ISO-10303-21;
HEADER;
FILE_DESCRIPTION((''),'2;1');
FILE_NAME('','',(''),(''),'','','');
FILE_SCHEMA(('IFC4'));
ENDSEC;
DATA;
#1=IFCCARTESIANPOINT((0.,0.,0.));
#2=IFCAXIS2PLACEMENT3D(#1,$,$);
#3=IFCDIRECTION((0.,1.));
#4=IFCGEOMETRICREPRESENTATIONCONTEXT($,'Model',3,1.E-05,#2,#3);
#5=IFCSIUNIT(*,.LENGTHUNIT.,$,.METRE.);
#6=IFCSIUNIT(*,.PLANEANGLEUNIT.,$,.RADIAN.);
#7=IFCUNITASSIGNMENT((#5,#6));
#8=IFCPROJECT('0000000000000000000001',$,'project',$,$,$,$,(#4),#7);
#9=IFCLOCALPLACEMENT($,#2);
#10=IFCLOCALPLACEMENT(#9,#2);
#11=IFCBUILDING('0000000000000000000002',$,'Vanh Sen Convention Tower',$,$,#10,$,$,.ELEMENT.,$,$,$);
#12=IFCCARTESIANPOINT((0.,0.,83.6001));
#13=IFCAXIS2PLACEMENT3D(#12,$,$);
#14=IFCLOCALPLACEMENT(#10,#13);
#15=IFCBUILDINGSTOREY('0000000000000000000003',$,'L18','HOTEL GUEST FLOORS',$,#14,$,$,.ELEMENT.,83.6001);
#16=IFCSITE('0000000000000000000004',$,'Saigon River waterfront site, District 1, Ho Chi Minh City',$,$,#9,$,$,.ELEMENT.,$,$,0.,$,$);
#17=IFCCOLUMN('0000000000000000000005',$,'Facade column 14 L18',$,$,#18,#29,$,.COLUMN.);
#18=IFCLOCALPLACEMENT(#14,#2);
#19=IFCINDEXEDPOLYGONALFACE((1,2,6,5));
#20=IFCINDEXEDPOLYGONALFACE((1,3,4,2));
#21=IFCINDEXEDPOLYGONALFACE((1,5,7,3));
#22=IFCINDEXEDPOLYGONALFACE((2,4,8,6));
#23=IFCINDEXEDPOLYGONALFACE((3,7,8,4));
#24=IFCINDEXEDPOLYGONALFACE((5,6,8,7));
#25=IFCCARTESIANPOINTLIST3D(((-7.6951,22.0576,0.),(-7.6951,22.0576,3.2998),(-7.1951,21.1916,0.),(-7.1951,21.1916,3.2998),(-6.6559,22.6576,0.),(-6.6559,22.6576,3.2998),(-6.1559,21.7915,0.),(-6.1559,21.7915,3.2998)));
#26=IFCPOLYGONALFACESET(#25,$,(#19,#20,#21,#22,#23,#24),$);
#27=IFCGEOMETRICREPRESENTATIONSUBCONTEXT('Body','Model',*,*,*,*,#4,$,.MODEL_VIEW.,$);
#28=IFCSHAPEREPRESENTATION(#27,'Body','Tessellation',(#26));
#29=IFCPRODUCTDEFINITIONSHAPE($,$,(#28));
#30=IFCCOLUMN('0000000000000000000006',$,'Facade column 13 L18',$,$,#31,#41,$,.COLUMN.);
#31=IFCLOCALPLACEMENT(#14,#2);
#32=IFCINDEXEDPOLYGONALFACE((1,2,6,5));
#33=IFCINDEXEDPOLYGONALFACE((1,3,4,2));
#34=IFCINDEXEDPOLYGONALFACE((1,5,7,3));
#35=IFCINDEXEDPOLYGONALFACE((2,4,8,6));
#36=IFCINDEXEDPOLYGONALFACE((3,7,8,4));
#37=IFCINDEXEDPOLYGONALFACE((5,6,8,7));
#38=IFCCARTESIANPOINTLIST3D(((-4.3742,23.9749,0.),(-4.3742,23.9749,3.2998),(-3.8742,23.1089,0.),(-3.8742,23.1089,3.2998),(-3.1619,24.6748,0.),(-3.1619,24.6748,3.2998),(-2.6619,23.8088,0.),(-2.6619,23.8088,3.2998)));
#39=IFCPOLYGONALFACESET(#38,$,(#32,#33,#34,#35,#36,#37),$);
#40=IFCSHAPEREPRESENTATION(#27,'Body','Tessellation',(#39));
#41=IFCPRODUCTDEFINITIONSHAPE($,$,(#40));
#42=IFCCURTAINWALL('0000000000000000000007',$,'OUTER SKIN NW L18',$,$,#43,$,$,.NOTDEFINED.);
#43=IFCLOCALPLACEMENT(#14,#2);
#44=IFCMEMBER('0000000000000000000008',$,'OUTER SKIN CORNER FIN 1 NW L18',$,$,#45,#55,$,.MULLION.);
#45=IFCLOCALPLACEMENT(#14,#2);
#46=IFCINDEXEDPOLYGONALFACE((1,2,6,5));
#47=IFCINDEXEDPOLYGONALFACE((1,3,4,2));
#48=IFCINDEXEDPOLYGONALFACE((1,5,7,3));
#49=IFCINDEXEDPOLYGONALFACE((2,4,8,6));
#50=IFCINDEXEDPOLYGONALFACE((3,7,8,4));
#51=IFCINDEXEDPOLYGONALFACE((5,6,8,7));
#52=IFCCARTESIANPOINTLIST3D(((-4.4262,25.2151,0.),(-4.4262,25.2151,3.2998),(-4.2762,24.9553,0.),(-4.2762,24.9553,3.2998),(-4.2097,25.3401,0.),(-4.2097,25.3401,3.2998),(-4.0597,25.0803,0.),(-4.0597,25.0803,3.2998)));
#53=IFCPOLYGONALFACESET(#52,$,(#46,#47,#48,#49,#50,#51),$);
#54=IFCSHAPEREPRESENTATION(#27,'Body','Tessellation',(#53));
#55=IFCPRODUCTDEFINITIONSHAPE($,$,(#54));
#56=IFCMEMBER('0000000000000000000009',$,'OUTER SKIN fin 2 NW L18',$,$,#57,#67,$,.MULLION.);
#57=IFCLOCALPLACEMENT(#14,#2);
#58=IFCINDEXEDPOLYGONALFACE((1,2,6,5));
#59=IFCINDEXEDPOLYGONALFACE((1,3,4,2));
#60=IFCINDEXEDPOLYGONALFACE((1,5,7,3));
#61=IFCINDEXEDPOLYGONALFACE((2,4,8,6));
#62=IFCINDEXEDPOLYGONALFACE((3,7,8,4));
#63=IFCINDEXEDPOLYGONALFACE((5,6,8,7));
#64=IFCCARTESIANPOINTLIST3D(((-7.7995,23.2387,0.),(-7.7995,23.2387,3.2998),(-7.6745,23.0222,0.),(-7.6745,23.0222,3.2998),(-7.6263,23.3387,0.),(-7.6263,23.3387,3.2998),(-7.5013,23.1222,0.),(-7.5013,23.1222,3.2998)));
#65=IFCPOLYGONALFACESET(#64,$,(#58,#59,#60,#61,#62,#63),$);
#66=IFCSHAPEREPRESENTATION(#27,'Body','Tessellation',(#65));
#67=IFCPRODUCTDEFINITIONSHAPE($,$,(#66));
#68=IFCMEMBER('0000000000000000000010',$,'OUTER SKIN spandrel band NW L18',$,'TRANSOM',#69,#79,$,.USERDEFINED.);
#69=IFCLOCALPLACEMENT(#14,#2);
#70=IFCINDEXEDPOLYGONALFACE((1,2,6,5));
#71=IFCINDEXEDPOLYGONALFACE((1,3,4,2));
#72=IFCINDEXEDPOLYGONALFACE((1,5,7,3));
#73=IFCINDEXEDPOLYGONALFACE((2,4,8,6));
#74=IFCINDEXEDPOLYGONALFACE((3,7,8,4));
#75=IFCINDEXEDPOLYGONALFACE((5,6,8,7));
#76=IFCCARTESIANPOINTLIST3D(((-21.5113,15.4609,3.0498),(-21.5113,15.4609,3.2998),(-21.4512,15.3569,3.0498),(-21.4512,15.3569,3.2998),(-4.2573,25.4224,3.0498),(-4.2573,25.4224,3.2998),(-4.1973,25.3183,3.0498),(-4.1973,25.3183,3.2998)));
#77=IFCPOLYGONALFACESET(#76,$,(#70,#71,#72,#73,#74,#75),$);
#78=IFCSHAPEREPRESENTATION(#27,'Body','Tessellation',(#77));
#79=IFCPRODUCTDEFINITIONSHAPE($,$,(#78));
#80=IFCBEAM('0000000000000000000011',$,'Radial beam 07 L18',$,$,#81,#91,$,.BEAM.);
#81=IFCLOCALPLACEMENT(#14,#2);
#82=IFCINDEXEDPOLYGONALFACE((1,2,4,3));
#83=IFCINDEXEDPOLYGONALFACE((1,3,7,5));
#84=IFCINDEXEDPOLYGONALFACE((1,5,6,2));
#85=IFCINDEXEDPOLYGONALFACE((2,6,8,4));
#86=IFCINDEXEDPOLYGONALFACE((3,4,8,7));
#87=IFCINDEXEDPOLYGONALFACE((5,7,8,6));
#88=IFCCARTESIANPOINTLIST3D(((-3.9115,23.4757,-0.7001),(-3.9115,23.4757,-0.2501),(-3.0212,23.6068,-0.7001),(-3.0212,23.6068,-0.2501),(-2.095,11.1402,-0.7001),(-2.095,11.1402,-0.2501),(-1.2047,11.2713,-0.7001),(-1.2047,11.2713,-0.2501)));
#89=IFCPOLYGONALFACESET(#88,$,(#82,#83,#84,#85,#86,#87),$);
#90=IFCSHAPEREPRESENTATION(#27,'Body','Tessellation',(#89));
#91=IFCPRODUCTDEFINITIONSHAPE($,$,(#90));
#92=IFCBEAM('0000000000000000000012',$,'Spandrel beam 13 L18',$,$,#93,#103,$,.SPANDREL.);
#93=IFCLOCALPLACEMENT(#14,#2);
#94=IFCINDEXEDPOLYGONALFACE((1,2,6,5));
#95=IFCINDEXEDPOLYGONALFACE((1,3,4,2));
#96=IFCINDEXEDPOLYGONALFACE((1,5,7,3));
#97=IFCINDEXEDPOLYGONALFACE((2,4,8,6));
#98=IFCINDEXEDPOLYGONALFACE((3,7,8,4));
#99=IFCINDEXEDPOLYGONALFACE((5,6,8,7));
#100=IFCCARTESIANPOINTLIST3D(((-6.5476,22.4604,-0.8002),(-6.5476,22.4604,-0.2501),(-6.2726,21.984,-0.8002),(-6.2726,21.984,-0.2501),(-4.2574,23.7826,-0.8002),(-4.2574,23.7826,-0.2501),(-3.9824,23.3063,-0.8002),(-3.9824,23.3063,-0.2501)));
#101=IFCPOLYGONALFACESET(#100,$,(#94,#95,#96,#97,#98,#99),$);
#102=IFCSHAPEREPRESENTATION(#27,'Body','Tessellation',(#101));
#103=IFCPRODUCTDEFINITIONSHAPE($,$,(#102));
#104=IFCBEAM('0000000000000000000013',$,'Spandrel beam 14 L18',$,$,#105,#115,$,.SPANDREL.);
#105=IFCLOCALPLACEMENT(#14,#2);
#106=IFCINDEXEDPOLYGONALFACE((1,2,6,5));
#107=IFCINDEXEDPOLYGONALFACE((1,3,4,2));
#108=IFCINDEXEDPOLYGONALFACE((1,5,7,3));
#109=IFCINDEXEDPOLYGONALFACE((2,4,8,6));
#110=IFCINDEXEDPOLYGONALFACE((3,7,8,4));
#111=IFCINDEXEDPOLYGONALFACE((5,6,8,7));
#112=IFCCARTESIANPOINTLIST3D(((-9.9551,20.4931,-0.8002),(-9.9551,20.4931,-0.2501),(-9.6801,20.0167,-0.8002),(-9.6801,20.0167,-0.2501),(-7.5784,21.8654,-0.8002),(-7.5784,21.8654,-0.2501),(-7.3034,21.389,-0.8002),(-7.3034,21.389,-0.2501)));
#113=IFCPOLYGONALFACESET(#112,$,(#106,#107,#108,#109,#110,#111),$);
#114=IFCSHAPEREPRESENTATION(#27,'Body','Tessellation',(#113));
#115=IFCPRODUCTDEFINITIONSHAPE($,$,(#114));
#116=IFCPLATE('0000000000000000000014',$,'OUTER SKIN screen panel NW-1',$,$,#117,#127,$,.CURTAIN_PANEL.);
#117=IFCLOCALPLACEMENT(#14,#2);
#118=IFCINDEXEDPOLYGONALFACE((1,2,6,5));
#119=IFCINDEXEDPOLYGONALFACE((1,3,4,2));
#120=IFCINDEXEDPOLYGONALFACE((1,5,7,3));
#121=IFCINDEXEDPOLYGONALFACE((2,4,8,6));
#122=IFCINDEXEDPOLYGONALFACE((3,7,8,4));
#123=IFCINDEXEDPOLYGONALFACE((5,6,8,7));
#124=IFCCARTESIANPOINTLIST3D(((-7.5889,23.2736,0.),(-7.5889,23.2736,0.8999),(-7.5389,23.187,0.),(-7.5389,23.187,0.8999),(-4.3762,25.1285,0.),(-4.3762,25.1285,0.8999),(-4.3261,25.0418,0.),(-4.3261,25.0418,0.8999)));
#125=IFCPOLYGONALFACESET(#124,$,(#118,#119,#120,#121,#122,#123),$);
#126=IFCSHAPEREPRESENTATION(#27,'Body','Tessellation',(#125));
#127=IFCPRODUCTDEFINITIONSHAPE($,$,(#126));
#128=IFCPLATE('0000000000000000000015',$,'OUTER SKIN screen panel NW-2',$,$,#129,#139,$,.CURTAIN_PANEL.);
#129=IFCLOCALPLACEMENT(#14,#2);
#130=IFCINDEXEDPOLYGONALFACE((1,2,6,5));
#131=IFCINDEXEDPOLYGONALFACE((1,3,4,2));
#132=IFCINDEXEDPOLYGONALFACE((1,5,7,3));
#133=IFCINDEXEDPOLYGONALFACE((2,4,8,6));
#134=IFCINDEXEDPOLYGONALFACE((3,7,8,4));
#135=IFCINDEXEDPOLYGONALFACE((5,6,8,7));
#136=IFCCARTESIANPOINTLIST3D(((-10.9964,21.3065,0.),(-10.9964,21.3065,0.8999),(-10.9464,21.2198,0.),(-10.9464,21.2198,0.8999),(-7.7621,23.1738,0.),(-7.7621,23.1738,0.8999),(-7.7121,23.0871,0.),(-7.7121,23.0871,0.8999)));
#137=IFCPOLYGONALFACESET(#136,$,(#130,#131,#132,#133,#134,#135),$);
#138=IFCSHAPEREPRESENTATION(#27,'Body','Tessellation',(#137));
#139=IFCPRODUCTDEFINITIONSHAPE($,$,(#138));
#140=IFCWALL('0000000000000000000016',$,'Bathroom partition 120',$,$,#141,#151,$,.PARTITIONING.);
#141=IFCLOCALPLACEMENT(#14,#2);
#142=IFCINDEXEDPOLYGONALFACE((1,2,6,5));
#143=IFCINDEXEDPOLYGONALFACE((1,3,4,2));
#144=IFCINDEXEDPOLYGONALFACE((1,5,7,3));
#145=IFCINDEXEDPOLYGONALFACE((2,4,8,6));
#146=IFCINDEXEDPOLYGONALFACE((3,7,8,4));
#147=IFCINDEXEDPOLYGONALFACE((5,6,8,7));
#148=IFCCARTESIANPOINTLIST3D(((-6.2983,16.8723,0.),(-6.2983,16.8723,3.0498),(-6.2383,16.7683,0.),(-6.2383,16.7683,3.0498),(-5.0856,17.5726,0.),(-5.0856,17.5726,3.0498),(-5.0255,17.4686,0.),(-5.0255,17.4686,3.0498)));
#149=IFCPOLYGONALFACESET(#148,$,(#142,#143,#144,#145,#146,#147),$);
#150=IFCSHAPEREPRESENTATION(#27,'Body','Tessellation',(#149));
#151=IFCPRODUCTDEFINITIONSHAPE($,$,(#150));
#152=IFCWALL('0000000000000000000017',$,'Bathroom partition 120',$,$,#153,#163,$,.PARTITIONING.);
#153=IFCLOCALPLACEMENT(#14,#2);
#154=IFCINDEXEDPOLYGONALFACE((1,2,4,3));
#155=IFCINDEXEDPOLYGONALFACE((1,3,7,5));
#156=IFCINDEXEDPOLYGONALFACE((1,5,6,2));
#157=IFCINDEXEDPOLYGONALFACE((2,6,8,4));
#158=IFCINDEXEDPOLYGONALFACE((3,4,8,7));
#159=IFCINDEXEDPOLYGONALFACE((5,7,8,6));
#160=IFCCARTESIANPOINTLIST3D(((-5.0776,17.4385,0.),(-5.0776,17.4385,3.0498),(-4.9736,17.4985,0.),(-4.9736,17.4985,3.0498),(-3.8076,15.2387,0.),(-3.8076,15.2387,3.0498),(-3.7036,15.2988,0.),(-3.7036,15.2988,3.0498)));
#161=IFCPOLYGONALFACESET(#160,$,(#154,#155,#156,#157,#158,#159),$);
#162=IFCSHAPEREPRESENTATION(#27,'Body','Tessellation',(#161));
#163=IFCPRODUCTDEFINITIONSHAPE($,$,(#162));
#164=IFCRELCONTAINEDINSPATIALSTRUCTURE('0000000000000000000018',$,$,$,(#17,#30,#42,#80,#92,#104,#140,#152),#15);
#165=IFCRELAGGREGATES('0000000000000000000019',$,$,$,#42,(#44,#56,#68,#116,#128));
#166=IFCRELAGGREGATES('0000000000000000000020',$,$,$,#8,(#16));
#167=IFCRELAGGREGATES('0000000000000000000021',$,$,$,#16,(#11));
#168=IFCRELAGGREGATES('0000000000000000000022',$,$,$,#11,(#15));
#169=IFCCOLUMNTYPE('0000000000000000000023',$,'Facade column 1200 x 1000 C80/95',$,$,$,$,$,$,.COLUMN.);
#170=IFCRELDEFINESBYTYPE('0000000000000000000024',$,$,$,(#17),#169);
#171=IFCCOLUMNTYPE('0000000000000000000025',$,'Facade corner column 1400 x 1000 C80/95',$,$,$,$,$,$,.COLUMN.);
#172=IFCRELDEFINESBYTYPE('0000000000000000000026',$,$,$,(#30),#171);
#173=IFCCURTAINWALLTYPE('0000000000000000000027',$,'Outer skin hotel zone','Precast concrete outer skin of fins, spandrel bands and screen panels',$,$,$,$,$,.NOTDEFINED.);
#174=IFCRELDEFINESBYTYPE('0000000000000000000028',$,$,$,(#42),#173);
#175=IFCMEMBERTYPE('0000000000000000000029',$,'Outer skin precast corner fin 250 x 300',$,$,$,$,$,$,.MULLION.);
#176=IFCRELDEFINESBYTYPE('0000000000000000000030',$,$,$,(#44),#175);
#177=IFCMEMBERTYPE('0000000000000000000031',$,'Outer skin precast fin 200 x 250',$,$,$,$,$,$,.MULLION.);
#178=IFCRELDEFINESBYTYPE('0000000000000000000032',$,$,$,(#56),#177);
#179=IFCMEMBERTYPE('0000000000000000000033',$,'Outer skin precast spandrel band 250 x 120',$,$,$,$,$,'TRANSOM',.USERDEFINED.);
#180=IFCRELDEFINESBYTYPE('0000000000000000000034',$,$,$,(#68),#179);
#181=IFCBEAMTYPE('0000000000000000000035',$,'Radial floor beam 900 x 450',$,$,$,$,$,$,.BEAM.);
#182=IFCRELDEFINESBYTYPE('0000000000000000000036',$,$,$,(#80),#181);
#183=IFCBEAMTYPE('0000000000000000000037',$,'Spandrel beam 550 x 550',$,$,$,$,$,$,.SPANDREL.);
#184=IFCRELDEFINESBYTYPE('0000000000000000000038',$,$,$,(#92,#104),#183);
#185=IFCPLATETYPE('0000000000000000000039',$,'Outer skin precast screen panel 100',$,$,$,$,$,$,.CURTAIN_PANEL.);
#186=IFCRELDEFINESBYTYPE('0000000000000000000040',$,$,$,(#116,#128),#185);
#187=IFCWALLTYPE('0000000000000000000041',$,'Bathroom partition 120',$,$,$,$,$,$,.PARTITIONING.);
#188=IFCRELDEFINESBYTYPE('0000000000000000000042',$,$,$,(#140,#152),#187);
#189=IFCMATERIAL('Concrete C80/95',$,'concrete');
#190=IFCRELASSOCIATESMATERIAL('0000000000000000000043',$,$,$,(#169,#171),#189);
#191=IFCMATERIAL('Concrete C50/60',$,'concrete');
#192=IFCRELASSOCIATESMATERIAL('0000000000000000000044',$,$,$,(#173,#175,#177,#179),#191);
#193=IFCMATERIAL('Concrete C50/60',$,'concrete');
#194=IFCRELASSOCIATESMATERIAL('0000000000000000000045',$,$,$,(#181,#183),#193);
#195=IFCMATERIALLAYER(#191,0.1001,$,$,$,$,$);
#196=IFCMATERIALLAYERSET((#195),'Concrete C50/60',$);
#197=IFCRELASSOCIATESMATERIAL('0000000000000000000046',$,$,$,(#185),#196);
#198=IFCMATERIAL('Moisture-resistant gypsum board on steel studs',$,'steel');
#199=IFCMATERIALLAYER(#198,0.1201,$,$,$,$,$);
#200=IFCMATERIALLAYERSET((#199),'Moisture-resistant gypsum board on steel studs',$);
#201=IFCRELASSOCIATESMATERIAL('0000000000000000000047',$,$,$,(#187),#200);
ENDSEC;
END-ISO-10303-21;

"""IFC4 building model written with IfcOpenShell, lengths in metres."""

from ifc_helpers import new_model, si_unit, direction, frame, frame_2d, origin, origin_2d, place, context, subcontext, project, spatial, rectangle, extrude, material, layer, layer_set, material_profile, profile_set, type_object, element, aggregate, save


model = new_model("IFC4")

# Units and contexts
model_context = context("Model", 3, precision=1e-05, world=origin(), true_north=direction((0.0, 1.0)))
body_context = subcontext(model_context, "Body", "Model", "MODEL_VIEW")
ifc_project = project(units=[si_unit("LENGTHUNIT", "METRE"), si_unit("PLANEANGLEUNIT", "RADIAN")], contexts=[model_context])

# Site, building, storey
site_placement = place(None, origin())
site = spatial("IfcSite", under=ifc_project, at=site_placement, Name="Saigon River waterfront site, District 1, Ho Chi Minh City", CompositionType="ELEMENT", RefElevation=0.0)
building_placement = place(site_placement, origin())
building = spatial("IfcBuilding", under=site, at=building_placement, Name="Vanh Sen Convention Tower", CompositionType="ELEMENT")
storey_placement = place(building_placement, frame((0.0, 0.0, 83.6001)))
storey = spatial("IfcBuildingStorey", under=building, at=storey_placement, Name="L18", Description="HOTEL GUEST FLOORS", CompositionType="ELEMENT", Elevation=83.6001)

# Columns
ifc_material_1 = material(Name="Concrete C80/95", Category="concrete")
ifc_material_profile_1 = material_profile(ifc_material_1, rectangle(XDim=1.2, YDim=1.0, at=origin_2d()), Name="RC 1200X1000")
ifc_profile_set_1 = profile_set([ifc_material_profile_1], Name="Concrete C80/95")
column_type_1 = type_object("IfcColumnType", Name="Facade column 1200 x 1000 C80/95", PredefinedType="COLUMN", material=ifc_profile_set_1)
column_1_placement = place(storey_placement, frame((-6.9255, 21.9246, 0.0), z_axis=(0.0, 0.0, 1.0), x_axis=(-0.866025, -0.5, 0.0)))
element("IfcColumn", 1, at=column_1_placement, inside=storey, type_object=column_type_1, Name="Facade column 14 L18", PredefinedType="COLUMN", context=body_context, shape_type="SweptSolid", body=[
    extrude(rectangle(XDim=1.2, YDim=1.0, at=origin_2d()), origin(), (0.0, 0.0, 1.0), 3.2998),
])
ifc_material_profile_2 = material_profile(ifc_material_1, rectangle(XDim=1.3999, YDim=1.0, at=origin_2d()), Name="RC 1400X1000")
ifc_profile_set_2 = profile_set([ifc_material_profile_2], Name="Concrete C80/95")
column_type_2 = type_object("IfcColumnType", Name="Facade corner column 1400 x 1000 C80/95", PredefinedType="COLUMN", material=ifc_profile_set_2)
column_2_placement = place(storey_placement, frame((-3.5181, 23.8918, 0.0), z_axis=(0.0, 0.0, 1.0), x_axis=(-0.866025, -0.5, 0.0)))
element("IfcColumn", 2, at=column_2_placement, inside=storey, type_object=column_type_2, Name="Facade column 13 L18", PredefinedType="COLUMN", context=body_context, shape_type="SweptSolid", body=[
    extrude(rectangle(XDim=1.3999, YDim=1.0, at=origin_2d()), origin(), (0.0, 0.0, 1.0), 3.2998),
])

# Curtain wall, members
ifc_material_2 = material(Name="Concrete C50/60", Category="concrete")
curtain_wall_type = type_object("IfcCurtainWallType", Name="Outer skin hotel zone", Description="Precast concrete outer skin of fins, spandrel bands and screen panels", PredefinedType="NOTDEFINED", material=ifc_material_2)
curtain_wall_placement = place(storey_placement, origin())
curtain_wall = element("IfcCurtainWall", 3, at=curtain_wall_placement, inside=storey, type_object=curtain_wall_type, Name="OUTER SKIN NW L18", PredefinedType="NOTDEFINED")
ifc_material_profile_3 = material_profile(ifc_material_2, rectangle(XDim=0.25, YDim=0.3, at=origin_2d()), Name="Outer skin precast corner fin 250 x 300")
ifc_profile_set_3 = profile_set([ifc_material_profile_3], Name="Concrete C50/60")
member_type_1 = type_object("IfcMemberType", Name="Outer skin precast corner fin 250 x 300", PredefinedType="MULLION", material=ifc_profile_set_3)
member_1_placement = place(storey_placement, frame((-4.2429, 25.1477, 0.0), z_axis=(0.0, 0.0, 1.0), x_axis=(-0.866025, -0.5, 0.0)))
member_1 = element("IfcMember", 4, at=member_1_placement, type_object=member_type_1, Name="OUTER SKIN CORNER FIN 1 NW L18", PredefinedType="MULLION", context=body_context, shape_type="SweptSolid", body=[
    extrude(rectangle(XDim=0.25, YDim=0.3, at=origin_2d()), origin(), (0.0, 0.0, 1.0), 3.2998),
])
ifc_material_profile_4 = material_profile(ifc_material_2, rectangle(XDim=0.2, YDim=0.25, at=origin_2d()), Name="Outer skin precast fin 200 x 250")
ifc_profile_set_4 = profile_set([ifc_material_profile_4], Name="Concrete C50/60")
member_type_2 = type_object("IfcMemberType", Name="Outer skin precast fin 200 x 250", PredefinedType="MULLION", material=ifc_profile_set_4)
member_2_placement = place(storey_placement, frame((-7.6504, 23.1804, 0.0), z_axis=(0.0, 0.0, 1.0), x_axis=(-0.866025, -0.5, 0.0)))
member_2 = element("IfcMember", 5, at=member_2_placement, type_object=member_type_2, Name="OUTER SKIN fin 2 NW L18", PredefinedType="MULLION", context=body_context, shape_type="SweptSolid", body=[
    extrude(rectangle(XDim=0.2, YDim=0.25, at=origin_2d()), origin(), (0.0, 0.0, 1.0), 3.2998),
])
ifc_material_profile_5 = material_profile(ifc_material_2, rectangle(XDim=0.1201, YDim=0.25, at=origin_2d()), Name="Outer skin precast spandrel band 250 x 120")
ifc_profile_set_5 = profile_set([ifc_material_profile_5], Name="Concrete C50/60")
member_type_3 = type_object("IfcMemberType", Name="Outer skin precast spandrel band 250 x 120", ElementType="TRANSOM", PredefinedType="USERDEFINED", material=ifc_profile_set_5)
member_3_placement = place(storey_placement, frame((-4.2273, 25.3704, 3.1748), z_axis=(-0.866028, -0.499995, 0.0), x_axis=(0.499995, -0.866028, 0.0)))
member_3 = element("IfcMember", 6, at=member_3_placement, type_object=member_type_3, Name="OUTER SKIN spandrel band NW L18", ObjectType="TRANSOM", PredefinedType="USERDEFINED", context=body_context, shape_type="SweptSolid", body=[
    extrude(rectangle(XDim=0.1201, YDim=0.25, at=origin_2d()), origin(), (0.0, 0.0, 1.0), 19.9231),
])

# Beams
ifc_material_3 = material(Name="Concrete C50/60", Category="concrete")
ifc_material_profile_6 = material_profile(ifc_material_3, rectangle(XDim=0.8999, YDim=0.45, at=origin_2d()), Name="RC 900X450")
ifc_profile_set_6 = profile_set([ifc_material_profile_6], Name="Concrete C50/60")
beam_type_1 = type_object("IfcBeamType", Name="Radial floor beam 900 x 450", PredefinedType="BEAM", material=ifc_profile_set_6)
beam_1_placement = place(storey_placement, frame((-3.4663, 23.5413, -0.4751), z_axis=(0.14568, -0.989332, 0.0), x_axis=(0.989332, 0.14568, 0.0)))
element("IfcBeam", 7, at=beam_1_placement, inside=storey, type_object=beam_type_1, Name="Radial beam 07 L18", PredefinedType="BEAM", context=body_context, shape_type="SweptSolid", body=[
    extrude(rectangle(XDim=0.8999, YDim=0.45, at=origin_2d()), origin(), (0.0, 0.0, 1.0), 12.4685),
])
ifc_material_profile_7 = material_profile(ifc_material_3, rectangle(XDim=0.55, YDim=0.55, at=origin_2d()), Name="RC 550X550")
ifc_profile_set_7 = profile_set([ifc_material_profile_7], Name="Concrete C50/60")
beam_type_2 = type_object("IfcBeamType", Name="Spandrel beam 550 x 550", PredefinedType="SPANDREL", material=ifc_profile_set_7)
beam_2_placement = place(storey_placement, frame((-4.1199, 23.5444, -0.5251), z_axis=(-0.86603, -0.499991, 0.0), x_axis=(0.499991, -0.86603, 0.0)))
element("IfcBeam", 8, at=beam_2_placement, inside=storey, type_object=beam_type_2, Name="Spandrel beam 13 L18", PredefinedType="SPANDREL", context=body_context, shape_type="SweptSolid", body=[
    extrude(rectangle(XDim=0.55, YDim=0.55, at=origin_2d()), origin(), (0.0, 0.0, 1.0), 2.6445),
])
beam_3_placement = place(storey_placement, frame((-7.4409, 21.6272, -0.5251), z_axis=(-0.866006, -0.500033, 0.0), x_axis=(0.500033, -0.866006, 0.0)))
element("IfcBeam", 9, at=beam_3_placement, inside=storey, type_object=beam_type_2, Name="Spandrel beam 14 L18", PredefinedType="SPANDREL", context=body_context, shape_type="SweptSolid", body=[
    extrude(rectangle(XDim=0.55, YDim=0.55, at=origin_2d()), origin(), (0.0, 0.0, 1.0), 2.7444),
])

# Plates
ifc_layer_1 = layer(ifc_material_2, 0.1001)
ifc_layer_set_1 = layer_set([ifc_layer_1], Name="Concrete C50/60")
plate_type = type_object("IfcPlateType", Name="Outer skin precast screen panel 100", PredefinedType="CURTAIN_PANEL", material=ifc_layer_set_1)
plate_1_placement = place(storey_placement, frame((-5.9575, 24.1577, 0.0), z_axis=(0.0, 0.0, 1.0), x_axis=(-0.866028, -0.499995, 0.0)))
plate_1 = element("IfcPlate", 10, at=plate_1_placement, type_object=plate_type, Name="OUTER SKIN screen panel NW-1", PredefinedType="CURTAIN_PANEL", context=body_context, shape_type="SweptSolid", body=[
    extrude(rectangle(XDim=3.7097, YDim=0.1001, at=origin_2d()), origin(), (0.0, 0.0, 1.0), 0.8999),
])
plate_2_placement = place(storey_placement, frame((-9.3542, 22.1968, 0.0), z_axis=(0.0, 0.0, 1.0), x_axis=(-0.866021, -0.500008, 0.0)))
plate_2 = element("IfcPlate", 11, at=plate_2_placement, type_object=plate_type, Name="OUTER SKIN screen panel NW-2", PredefinedType="CURTAIN_PANEL", context=body_context, shape_type="SweptSolid", body=[
    extrude(rectangle(XDim=3.7346, YDim=0.1001, at=origin_2d()), origin(), (0.0, 0.0, 1.0), 0.8999),
])
aggregate(curtain_wall, [member_1, member_2, member_3, plate_1, plate_2])

# Walls
ifc_material_4 = material(Name="Moisture-resistant gypsum board on steel studs", Category="steel")
ifc_layer_2 = layer(ifc_material_4, 0.1201)
ifc_layer_set_2 = layer_set([ifc_layer_2], Name="Moisture-resistant gypsum board on steel studs")
wall_type_1 = type_object("IfcWallType", Name="Bathroom partition 120", PredefinedType="PARTITIONING", material=ifc_layer_set_2)
wall_1_placement = place(storey_placement, frame((-6.2683, 16.8203, 0.0), z_axis=(0.0, 0.0, 1.0), x_axis=(0.866003, 0.500039, 0.0)))
element("IfcWall", 12, at=wall_1_placement, inside=storey, type_object=wall_type_1, Name="Bathroom partition 120", PredefinedType="PARTITIONING", context=body_context, shape_type="SweptSolid", body=[
    extrude(rectangle(XDim=1.4004, YDim=0.1201, at=frame_2d((0.7002, 0.0))), origin(), (0.0, 0.0, 1.0), 3.0498),
])
wall_2_placement = place(storey_placement, frame((-5.0256, 17.4685, 0.0), z_axis=(0.0, 0.0, 1.0), x_axis=(0.500005, -0.866022, 0.0)))
element("IfcWall", 13, at=wall_2_placement, inside=storey, type_object=wall_type_1, Name="Bathroom partition 120", PredefinedType="PARTITIONING", context=body_context, shape_type="SweptSolid", body=[
    extrude(rectangle(XDim=2.54, YDim=0.1201, at=frame_2d((1.27, 0.0))), origin(), (0.0, 0.0, 1.0), 3.0498),
])

save(model, "model.ifc")
